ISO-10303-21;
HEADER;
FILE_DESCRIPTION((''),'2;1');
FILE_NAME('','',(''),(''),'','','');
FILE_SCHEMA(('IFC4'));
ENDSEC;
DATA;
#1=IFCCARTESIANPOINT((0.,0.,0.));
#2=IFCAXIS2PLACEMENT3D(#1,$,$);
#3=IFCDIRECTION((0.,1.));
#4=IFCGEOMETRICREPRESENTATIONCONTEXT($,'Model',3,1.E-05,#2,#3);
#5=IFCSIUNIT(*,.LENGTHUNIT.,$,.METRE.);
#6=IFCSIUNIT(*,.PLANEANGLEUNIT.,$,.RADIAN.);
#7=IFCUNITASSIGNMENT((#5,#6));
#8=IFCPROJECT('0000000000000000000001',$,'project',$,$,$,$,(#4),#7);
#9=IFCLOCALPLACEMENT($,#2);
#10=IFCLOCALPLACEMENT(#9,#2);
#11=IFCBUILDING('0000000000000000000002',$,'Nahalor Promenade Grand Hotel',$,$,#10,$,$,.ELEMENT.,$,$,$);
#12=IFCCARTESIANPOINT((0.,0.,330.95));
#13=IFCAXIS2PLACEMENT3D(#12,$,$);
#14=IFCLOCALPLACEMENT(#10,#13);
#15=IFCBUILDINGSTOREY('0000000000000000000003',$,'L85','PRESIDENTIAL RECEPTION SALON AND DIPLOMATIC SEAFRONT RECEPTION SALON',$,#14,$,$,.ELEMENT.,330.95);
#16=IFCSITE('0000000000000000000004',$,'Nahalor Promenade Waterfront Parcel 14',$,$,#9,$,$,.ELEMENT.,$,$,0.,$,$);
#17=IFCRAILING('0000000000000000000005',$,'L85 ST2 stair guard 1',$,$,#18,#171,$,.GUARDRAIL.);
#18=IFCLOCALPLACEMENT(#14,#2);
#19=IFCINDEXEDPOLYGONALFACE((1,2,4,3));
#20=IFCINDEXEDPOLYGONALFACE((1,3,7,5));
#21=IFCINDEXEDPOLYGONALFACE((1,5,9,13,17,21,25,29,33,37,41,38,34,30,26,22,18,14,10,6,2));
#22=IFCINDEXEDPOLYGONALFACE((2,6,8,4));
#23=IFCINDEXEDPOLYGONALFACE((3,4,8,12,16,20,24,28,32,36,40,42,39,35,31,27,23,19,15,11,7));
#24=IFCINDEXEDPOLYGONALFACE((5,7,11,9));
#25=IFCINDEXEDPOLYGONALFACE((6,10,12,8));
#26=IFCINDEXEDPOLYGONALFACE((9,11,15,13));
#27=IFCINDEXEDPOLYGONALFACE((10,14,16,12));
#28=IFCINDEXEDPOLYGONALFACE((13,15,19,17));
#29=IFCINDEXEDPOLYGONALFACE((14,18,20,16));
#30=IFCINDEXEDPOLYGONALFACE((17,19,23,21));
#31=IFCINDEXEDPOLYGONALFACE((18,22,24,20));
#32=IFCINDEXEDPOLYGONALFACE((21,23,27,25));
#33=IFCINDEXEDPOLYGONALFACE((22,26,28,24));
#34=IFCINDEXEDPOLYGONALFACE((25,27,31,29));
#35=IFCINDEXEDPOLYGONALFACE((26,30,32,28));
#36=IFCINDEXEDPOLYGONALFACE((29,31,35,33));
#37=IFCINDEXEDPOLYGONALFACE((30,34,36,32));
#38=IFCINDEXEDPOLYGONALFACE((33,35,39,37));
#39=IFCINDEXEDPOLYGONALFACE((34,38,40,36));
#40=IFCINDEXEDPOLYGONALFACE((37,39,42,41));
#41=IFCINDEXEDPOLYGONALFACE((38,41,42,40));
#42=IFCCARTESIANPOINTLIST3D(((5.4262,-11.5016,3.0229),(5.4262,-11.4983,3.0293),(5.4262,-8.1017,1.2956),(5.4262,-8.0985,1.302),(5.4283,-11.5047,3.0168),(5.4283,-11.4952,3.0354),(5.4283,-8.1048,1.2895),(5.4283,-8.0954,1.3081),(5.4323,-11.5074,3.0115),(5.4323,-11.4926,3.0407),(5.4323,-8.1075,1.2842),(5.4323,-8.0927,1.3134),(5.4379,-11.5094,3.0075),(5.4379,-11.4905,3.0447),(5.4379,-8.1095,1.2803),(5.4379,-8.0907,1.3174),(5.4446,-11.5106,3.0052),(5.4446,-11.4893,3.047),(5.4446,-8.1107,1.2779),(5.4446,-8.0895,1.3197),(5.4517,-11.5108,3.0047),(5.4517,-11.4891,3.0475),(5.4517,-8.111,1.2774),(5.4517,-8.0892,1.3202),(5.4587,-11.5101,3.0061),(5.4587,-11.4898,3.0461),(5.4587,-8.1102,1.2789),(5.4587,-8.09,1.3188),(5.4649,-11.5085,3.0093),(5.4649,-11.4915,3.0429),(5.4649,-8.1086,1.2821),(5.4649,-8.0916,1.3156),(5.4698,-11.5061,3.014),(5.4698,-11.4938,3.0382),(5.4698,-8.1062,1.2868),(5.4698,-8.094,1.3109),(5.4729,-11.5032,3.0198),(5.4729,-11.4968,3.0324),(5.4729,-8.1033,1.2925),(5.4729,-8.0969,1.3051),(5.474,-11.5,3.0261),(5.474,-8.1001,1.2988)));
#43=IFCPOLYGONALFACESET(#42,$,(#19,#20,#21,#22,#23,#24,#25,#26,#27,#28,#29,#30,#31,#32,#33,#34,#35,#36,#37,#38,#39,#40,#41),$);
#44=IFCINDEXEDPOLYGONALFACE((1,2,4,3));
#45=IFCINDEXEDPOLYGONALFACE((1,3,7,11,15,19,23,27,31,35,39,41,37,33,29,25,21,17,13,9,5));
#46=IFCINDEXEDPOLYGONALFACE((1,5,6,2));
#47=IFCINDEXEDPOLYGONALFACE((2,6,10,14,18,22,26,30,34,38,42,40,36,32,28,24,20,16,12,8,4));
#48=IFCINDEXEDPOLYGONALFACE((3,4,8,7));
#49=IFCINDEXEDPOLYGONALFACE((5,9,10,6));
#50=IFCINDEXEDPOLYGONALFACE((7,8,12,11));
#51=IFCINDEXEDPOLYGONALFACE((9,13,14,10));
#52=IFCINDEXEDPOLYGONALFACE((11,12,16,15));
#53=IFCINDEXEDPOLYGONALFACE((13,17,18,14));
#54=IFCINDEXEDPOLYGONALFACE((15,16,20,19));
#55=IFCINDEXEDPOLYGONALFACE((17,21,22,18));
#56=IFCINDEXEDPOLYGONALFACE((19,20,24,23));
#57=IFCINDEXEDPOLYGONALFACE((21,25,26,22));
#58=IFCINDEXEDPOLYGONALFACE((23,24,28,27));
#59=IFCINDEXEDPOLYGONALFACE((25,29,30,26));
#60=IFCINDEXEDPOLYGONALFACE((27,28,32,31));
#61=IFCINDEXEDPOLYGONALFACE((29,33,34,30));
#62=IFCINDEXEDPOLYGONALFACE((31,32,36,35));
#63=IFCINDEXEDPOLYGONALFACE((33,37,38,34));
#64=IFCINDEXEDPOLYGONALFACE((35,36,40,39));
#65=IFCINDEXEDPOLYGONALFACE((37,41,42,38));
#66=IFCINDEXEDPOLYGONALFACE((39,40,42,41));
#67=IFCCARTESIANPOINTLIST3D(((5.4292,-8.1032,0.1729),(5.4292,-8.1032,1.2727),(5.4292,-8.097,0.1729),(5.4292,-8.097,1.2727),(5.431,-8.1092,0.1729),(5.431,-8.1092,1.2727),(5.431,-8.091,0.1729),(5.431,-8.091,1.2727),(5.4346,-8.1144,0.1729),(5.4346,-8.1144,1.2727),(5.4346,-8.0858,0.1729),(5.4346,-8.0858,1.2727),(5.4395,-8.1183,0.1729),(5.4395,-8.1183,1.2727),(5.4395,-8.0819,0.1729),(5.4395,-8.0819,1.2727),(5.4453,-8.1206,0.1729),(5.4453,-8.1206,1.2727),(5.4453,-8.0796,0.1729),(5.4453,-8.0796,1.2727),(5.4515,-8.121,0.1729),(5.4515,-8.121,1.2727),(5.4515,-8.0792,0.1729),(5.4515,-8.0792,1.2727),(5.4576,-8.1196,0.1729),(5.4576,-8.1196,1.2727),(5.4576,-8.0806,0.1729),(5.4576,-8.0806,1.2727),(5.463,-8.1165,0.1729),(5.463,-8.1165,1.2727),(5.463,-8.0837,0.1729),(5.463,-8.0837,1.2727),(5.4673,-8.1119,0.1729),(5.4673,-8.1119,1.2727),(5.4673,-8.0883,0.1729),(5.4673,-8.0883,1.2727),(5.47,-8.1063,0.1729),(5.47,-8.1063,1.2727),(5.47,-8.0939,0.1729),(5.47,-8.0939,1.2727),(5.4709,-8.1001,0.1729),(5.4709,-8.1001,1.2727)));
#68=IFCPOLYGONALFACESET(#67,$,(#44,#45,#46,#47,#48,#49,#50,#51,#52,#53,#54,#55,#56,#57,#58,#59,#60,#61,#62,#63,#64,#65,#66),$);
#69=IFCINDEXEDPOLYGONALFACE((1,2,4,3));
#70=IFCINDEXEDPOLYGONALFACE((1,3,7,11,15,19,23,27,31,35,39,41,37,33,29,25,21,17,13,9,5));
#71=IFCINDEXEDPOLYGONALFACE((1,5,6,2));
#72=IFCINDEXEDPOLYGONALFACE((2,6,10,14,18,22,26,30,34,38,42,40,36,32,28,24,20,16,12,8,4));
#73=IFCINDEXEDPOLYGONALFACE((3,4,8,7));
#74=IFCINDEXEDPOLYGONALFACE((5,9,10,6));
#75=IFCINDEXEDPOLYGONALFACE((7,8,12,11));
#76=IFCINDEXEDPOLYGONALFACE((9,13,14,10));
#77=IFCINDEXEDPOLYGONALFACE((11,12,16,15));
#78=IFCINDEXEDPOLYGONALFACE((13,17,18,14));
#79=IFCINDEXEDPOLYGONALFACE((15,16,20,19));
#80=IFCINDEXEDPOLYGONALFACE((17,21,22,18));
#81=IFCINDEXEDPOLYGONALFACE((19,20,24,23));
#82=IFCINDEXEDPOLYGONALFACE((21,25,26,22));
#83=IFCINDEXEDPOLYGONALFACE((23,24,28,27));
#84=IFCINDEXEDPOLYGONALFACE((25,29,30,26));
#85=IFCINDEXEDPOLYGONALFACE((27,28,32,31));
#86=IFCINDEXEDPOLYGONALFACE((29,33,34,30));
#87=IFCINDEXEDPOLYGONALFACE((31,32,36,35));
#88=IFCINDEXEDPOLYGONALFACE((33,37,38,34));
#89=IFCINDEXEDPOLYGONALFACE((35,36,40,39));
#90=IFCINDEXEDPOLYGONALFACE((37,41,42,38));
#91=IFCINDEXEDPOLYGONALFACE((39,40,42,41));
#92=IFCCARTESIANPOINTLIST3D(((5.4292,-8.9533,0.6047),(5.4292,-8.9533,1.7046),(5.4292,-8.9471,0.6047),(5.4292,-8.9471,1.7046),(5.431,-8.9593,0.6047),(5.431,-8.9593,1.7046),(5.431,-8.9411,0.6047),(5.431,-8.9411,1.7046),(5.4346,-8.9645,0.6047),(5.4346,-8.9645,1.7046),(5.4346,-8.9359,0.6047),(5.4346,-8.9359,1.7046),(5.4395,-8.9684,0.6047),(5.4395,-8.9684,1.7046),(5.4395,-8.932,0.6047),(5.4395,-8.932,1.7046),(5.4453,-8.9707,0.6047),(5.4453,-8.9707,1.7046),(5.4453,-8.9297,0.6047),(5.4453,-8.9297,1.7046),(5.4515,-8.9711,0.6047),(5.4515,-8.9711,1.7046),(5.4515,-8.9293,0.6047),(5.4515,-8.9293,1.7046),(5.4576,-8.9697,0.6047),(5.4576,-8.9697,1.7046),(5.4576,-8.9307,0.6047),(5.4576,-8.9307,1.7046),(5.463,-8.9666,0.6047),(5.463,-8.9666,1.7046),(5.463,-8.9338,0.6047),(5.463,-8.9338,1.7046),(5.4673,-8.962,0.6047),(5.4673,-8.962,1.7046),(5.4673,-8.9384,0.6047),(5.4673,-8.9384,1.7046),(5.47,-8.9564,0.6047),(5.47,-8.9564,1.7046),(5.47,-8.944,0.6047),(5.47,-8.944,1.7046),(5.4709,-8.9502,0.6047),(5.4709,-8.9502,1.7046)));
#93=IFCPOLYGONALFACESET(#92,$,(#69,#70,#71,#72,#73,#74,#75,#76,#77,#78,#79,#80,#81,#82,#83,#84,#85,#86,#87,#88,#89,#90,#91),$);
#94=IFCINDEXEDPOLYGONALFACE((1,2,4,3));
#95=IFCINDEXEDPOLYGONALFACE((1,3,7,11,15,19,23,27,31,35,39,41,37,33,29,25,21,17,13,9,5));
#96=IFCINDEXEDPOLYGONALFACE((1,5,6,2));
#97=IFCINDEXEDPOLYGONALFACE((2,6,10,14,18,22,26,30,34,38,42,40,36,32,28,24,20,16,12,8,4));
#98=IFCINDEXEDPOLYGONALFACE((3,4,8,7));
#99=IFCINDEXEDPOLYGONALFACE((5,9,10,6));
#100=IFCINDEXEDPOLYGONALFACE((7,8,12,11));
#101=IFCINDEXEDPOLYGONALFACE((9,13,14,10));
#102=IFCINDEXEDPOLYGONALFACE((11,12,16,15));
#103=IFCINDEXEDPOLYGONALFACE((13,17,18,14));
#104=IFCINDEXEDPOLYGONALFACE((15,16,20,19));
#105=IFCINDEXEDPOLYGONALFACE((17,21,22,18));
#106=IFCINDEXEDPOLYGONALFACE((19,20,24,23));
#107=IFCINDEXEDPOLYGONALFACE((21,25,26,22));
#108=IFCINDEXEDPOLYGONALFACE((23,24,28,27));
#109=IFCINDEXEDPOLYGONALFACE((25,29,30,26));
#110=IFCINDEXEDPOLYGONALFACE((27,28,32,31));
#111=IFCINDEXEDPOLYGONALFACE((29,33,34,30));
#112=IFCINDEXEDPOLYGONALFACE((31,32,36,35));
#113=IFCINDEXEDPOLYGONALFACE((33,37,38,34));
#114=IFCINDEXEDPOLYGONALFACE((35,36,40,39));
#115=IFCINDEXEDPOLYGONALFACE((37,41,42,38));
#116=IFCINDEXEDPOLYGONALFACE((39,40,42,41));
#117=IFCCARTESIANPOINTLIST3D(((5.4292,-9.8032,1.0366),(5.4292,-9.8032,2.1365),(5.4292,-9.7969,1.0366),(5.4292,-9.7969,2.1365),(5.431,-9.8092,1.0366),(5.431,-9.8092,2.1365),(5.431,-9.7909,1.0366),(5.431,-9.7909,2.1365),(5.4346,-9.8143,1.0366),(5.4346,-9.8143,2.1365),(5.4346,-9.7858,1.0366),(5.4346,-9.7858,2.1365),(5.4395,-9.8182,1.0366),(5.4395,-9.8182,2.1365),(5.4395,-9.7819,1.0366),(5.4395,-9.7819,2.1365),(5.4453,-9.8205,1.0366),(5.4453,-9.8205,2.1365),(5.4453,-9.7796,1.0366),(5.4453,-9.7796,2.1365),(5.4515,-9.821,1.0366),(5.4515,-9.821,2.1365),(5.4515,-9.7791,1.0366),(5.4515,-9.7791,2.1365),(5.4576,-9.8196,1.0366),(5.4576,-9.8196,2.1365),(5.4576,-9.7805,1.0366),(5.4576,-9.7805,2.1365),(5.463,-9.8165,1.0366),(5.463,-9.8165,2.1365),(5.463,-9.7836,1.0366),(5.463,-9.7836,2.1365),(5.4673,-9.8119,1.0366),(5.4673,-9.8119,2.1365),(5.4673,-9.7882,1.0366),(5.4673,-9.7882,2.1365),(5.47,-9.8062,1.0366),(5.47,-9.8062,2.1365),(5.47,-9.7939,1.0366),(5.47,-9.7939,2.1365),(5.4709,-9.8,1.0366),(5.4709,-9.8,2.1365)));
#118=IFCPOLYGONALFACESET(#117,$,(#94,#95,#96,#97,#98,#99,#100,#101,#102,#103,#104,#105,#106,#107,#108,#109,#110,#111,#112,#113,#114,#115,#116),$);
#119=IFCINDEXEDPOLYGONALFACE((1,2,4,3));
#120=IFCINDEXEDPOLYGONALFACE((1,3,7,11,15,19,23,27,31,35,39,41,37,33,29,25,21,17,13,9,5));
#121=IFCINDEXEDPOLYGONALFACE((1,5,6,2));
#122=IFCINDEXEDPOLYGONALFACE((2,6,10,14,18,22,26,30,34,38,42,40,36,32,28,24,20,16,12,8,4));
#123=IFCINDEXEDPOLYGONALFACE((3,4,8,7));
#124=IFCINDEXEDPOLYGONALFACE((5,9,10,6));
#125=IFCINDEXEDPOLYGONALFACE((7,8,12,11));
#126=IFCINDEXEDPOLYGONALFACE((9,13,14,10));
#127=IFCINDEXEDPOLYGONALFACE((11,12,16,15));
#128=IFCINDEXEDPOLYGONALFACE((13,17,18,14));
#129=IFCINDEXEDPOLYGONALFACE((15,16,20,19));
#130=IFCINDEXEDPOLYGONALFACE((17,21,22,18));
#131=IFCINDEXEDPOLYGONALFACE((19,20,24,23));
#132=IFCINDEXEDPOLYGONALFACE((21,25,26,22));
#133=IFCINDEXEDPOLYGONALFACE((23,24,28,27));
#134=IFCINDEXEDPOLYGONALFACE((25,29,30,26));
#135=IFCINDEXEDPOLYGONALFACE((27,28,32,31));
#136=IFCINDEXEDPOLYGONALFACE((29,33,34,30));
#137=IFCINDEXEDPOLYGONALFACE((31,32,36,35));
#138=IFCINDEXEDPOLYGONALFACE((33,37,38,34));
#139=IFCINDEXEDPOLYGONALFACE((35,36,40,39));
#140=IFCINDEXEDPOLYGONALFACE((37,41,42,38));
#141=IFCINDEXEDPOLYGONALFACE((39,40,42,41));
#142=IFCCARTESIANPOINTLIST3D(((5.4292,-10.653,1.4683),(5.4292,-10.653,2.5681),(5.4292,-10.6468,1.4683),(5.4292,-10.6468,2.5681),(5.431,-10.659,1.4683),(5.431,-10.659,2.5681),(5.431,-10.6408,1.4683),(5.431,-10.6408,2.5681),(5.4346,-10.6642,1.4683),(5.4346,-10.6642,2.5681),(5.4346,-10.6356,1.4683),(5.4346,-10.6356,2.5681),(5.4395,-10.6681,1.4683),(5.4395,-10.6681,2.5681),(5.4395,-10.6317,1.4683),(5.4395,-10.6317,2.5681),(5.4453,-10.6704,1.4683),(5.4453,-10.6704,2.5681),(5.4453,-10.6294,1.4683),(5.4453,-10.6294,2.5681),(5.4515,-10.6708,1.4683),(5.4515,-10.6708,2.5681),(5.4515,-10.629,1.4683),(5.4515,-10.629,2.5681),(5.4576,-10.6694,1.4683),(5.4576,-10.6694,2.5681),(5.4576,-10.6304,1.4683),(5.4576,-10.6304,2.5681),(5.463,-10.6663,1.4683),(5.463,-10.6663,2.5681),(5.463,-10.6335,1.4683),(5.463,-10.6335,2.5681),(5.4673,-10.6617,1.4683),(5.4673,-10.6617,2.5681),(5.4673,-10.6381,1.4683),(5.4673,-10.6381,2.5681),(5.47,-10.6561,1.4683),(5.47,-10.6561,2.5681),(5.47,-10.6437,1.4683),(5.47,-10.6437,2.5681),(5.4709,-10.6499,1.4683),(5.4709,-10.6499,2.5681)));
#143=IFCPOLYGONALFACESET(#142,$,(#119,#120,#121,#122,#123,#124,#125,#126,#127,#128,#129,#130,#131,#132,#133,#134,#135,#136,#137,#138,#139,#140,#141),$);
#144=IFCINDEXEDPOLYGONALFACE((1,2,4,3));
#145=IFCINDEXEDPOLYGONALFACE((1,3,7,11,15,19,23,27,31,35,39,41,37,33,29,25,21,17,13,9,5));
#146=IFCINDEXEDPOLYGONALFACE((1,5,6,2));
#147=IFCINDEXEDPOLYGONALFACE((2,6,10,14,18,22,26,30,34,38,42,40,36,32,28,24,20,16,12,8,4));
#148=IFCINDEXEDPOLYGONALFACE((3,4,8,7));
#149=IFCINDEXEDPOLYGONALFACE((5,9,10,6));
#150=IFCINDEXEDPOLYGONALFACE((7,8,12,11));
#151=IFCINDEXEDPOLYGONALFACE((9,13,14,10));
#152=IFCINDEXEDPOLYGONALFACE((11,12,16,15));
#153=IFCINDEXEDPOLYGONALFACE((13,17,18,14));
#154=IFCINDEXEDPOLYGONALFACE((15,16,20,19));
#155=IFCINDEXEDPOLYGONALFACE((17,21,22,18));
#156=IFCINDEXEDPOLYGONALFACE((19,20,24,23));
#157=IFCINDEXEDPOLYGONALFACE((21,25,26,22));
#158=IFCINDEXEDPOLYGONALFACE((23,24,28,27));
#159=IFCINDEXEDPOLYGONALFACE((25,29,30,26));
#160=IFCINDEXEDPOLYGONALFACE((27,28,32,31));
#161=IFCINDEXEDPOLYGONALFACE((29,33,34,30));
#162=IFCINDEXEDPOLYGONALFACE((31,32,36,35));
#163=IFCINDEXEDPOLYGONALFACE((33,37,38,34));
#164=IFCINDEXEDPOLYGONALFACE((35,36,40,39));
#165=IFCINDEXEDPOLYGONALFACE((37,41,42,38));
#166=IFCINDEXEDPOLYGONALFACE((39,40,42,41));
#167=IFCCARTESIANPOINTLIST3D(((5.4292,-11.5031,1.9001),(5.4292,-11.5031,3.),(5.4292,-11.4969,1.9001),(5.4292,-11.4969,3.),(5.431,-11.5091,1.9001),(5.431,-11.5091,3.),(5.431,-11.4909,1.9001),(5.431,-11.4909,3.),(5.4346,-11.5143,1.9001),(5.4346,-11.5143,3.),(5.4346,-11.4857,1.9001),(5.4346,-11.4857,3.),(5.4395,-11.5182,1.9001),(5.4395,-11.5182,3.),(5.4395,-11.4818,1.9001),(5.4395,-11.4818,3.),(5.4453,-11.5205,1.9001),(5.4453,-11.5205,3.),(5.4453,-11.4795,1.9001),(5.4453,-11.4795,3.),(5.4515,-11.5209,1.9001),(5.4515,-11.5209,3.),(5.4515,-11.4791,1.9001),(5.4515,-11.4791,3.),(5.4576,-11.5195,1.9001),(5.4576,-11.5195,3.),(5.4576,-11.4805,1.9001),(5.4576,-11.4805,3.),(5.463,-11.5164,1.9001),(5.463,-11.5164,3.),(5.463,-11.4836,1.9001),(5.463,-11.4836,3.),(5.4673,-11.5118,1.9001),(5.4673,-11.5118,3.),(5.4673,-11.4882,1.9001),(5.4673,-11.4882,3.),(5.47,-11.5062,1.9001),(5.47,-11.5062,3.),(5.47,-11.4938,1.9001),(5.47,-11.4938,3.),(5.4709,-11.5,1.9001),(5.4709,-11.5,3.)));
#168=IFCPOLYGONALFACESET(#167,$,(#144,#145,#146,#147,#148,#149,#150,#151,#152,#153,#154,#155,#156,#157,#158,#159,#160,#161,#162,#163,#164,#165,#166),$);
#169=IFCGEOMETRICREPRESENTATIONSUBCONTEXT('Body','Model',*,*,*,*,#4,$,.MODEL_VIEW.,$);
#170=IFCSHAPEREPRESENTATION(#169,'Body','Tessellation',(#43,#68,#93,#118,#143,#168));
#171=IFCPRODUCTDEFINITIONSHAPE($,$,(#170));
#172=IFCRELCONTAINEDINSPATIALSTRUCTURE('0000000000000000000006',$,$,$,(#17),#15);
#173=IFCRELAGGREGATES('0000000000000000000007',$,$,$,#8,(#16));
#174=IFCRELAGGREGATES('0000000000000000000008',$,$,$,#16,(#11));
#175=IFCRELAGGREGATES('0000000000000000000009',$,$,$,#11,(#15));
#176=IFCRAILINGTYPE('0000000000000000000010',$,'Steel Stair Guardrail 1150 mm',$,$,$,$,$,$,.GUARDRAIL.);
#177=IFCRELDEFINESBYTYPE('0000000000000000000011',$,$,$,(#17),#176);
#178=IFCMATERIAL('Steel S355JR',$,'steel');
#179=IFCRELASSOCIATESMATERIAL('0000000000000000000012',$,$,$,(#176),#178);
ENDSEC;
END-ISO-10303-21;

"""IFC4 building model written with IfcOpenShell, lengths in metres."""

from ifc_helpers import new_model, si_unit, direction, frame, origin, origin_2d, place, context, subcontext, project, spatial, circle, extrude, material, type_object, element, save


model = new_model("IFC4")

# Units and contexts
model_context = context("Model", 3, precision=1e-05, world=origin(), true_north=direction((0.0, 1.0)))
body_context = subcontext(model_context, "Body", "Model", "MODEL_VIEW")
ifc_project = project(units=[si_unit("LENGTHUNIT", "METRE"), si_unit("PLANEANGLEUNIT", "RADIAN")], contexts=[model_context])

# Site, building, storey
site_placement = place(None, origin())
site = spatial("IfcSite", under=ifc_project, at=site_placement, Name="Nahalor Promenade Waterfront Parcel 14", CompositionType="ELEMENT", RefElevation=0.0)
building_placement = place(site_placement, origin())
building = spatial("IfcBuilding", under=site, at=building_placement, Name="Nahalor Promenade Grand Hotel", CompositionType="ELEMENT")
storey_placement = place(building_placement, frame((0.0, 0.0, 330.95)))
storey = spatial("IfcBuildingStorey", under=building, at=storey_placement, Name="L85", Description="PRESIDENTIAL RECEPTION SALON AND DIPLOMATIC SEAFRONT RECEPTION SALON", CompositionType="ELEMENT", Elevation=330.95)

# Shared definitions
ifc_material_1 = material(Name="Steel S355JR", Category="steel")

# Railing
railing_type_1 = type_object("IfcRailingType", Name="Steel Stair Guardrail 1150 mm", PredefinedType="GUARDRAIL", material=ifc_material_1)
railing_1_placement = place(storey_placement, frame((5.45, -8.1001, 0.1729)))
element("IfcRailing", 1, at=railing_1_placement, inside=storey, type_object=railing_type_1, Name="L85 ST2 stair guard 1", PredefinedType="GUARDRAIL", context=body_context, shape_type="SweptSolid", body=[
    extrude(circle(Radius=0.024, at=origin_2d()), frame((0.0, 0.0, 1.126), z_axis=(0.0, -0.891541, 0.452941), x_axis=(1.0, 0.0, 0.0)), (0.0, 0.0, 1.0), 3.8135),
    extrude(circle(Radius=0.021, at=origin_2d()), origin(), (0.0, 0.0, 1.0), 1.0999),
    extrude(circle(Radius=0.021, at=origin_2d()), frame((0.0, -0.8501, 0.4319)), (0.0, 0.0, 1.0), 1.0999),
    extrude(circle(Radius=0.021, at=origin_2d()), frame((0.0, -1.7, 0.8638)), (0.0, 0.0, 1.0), 1.0999),
    extrude(circle(Radius=0.021, at=origin_2d()), frame((0.0, -2.5498, 1.2954)), (0.0, 0.0, 1.0), 1.0999),
    extrude(circle(Radius=0.021, at=origin_2d()), frame((0.0, -3.3999, 1.7273)), (0.0, 0.0, 1.0), 1.0999),
])

save(model, "model.ifc")
